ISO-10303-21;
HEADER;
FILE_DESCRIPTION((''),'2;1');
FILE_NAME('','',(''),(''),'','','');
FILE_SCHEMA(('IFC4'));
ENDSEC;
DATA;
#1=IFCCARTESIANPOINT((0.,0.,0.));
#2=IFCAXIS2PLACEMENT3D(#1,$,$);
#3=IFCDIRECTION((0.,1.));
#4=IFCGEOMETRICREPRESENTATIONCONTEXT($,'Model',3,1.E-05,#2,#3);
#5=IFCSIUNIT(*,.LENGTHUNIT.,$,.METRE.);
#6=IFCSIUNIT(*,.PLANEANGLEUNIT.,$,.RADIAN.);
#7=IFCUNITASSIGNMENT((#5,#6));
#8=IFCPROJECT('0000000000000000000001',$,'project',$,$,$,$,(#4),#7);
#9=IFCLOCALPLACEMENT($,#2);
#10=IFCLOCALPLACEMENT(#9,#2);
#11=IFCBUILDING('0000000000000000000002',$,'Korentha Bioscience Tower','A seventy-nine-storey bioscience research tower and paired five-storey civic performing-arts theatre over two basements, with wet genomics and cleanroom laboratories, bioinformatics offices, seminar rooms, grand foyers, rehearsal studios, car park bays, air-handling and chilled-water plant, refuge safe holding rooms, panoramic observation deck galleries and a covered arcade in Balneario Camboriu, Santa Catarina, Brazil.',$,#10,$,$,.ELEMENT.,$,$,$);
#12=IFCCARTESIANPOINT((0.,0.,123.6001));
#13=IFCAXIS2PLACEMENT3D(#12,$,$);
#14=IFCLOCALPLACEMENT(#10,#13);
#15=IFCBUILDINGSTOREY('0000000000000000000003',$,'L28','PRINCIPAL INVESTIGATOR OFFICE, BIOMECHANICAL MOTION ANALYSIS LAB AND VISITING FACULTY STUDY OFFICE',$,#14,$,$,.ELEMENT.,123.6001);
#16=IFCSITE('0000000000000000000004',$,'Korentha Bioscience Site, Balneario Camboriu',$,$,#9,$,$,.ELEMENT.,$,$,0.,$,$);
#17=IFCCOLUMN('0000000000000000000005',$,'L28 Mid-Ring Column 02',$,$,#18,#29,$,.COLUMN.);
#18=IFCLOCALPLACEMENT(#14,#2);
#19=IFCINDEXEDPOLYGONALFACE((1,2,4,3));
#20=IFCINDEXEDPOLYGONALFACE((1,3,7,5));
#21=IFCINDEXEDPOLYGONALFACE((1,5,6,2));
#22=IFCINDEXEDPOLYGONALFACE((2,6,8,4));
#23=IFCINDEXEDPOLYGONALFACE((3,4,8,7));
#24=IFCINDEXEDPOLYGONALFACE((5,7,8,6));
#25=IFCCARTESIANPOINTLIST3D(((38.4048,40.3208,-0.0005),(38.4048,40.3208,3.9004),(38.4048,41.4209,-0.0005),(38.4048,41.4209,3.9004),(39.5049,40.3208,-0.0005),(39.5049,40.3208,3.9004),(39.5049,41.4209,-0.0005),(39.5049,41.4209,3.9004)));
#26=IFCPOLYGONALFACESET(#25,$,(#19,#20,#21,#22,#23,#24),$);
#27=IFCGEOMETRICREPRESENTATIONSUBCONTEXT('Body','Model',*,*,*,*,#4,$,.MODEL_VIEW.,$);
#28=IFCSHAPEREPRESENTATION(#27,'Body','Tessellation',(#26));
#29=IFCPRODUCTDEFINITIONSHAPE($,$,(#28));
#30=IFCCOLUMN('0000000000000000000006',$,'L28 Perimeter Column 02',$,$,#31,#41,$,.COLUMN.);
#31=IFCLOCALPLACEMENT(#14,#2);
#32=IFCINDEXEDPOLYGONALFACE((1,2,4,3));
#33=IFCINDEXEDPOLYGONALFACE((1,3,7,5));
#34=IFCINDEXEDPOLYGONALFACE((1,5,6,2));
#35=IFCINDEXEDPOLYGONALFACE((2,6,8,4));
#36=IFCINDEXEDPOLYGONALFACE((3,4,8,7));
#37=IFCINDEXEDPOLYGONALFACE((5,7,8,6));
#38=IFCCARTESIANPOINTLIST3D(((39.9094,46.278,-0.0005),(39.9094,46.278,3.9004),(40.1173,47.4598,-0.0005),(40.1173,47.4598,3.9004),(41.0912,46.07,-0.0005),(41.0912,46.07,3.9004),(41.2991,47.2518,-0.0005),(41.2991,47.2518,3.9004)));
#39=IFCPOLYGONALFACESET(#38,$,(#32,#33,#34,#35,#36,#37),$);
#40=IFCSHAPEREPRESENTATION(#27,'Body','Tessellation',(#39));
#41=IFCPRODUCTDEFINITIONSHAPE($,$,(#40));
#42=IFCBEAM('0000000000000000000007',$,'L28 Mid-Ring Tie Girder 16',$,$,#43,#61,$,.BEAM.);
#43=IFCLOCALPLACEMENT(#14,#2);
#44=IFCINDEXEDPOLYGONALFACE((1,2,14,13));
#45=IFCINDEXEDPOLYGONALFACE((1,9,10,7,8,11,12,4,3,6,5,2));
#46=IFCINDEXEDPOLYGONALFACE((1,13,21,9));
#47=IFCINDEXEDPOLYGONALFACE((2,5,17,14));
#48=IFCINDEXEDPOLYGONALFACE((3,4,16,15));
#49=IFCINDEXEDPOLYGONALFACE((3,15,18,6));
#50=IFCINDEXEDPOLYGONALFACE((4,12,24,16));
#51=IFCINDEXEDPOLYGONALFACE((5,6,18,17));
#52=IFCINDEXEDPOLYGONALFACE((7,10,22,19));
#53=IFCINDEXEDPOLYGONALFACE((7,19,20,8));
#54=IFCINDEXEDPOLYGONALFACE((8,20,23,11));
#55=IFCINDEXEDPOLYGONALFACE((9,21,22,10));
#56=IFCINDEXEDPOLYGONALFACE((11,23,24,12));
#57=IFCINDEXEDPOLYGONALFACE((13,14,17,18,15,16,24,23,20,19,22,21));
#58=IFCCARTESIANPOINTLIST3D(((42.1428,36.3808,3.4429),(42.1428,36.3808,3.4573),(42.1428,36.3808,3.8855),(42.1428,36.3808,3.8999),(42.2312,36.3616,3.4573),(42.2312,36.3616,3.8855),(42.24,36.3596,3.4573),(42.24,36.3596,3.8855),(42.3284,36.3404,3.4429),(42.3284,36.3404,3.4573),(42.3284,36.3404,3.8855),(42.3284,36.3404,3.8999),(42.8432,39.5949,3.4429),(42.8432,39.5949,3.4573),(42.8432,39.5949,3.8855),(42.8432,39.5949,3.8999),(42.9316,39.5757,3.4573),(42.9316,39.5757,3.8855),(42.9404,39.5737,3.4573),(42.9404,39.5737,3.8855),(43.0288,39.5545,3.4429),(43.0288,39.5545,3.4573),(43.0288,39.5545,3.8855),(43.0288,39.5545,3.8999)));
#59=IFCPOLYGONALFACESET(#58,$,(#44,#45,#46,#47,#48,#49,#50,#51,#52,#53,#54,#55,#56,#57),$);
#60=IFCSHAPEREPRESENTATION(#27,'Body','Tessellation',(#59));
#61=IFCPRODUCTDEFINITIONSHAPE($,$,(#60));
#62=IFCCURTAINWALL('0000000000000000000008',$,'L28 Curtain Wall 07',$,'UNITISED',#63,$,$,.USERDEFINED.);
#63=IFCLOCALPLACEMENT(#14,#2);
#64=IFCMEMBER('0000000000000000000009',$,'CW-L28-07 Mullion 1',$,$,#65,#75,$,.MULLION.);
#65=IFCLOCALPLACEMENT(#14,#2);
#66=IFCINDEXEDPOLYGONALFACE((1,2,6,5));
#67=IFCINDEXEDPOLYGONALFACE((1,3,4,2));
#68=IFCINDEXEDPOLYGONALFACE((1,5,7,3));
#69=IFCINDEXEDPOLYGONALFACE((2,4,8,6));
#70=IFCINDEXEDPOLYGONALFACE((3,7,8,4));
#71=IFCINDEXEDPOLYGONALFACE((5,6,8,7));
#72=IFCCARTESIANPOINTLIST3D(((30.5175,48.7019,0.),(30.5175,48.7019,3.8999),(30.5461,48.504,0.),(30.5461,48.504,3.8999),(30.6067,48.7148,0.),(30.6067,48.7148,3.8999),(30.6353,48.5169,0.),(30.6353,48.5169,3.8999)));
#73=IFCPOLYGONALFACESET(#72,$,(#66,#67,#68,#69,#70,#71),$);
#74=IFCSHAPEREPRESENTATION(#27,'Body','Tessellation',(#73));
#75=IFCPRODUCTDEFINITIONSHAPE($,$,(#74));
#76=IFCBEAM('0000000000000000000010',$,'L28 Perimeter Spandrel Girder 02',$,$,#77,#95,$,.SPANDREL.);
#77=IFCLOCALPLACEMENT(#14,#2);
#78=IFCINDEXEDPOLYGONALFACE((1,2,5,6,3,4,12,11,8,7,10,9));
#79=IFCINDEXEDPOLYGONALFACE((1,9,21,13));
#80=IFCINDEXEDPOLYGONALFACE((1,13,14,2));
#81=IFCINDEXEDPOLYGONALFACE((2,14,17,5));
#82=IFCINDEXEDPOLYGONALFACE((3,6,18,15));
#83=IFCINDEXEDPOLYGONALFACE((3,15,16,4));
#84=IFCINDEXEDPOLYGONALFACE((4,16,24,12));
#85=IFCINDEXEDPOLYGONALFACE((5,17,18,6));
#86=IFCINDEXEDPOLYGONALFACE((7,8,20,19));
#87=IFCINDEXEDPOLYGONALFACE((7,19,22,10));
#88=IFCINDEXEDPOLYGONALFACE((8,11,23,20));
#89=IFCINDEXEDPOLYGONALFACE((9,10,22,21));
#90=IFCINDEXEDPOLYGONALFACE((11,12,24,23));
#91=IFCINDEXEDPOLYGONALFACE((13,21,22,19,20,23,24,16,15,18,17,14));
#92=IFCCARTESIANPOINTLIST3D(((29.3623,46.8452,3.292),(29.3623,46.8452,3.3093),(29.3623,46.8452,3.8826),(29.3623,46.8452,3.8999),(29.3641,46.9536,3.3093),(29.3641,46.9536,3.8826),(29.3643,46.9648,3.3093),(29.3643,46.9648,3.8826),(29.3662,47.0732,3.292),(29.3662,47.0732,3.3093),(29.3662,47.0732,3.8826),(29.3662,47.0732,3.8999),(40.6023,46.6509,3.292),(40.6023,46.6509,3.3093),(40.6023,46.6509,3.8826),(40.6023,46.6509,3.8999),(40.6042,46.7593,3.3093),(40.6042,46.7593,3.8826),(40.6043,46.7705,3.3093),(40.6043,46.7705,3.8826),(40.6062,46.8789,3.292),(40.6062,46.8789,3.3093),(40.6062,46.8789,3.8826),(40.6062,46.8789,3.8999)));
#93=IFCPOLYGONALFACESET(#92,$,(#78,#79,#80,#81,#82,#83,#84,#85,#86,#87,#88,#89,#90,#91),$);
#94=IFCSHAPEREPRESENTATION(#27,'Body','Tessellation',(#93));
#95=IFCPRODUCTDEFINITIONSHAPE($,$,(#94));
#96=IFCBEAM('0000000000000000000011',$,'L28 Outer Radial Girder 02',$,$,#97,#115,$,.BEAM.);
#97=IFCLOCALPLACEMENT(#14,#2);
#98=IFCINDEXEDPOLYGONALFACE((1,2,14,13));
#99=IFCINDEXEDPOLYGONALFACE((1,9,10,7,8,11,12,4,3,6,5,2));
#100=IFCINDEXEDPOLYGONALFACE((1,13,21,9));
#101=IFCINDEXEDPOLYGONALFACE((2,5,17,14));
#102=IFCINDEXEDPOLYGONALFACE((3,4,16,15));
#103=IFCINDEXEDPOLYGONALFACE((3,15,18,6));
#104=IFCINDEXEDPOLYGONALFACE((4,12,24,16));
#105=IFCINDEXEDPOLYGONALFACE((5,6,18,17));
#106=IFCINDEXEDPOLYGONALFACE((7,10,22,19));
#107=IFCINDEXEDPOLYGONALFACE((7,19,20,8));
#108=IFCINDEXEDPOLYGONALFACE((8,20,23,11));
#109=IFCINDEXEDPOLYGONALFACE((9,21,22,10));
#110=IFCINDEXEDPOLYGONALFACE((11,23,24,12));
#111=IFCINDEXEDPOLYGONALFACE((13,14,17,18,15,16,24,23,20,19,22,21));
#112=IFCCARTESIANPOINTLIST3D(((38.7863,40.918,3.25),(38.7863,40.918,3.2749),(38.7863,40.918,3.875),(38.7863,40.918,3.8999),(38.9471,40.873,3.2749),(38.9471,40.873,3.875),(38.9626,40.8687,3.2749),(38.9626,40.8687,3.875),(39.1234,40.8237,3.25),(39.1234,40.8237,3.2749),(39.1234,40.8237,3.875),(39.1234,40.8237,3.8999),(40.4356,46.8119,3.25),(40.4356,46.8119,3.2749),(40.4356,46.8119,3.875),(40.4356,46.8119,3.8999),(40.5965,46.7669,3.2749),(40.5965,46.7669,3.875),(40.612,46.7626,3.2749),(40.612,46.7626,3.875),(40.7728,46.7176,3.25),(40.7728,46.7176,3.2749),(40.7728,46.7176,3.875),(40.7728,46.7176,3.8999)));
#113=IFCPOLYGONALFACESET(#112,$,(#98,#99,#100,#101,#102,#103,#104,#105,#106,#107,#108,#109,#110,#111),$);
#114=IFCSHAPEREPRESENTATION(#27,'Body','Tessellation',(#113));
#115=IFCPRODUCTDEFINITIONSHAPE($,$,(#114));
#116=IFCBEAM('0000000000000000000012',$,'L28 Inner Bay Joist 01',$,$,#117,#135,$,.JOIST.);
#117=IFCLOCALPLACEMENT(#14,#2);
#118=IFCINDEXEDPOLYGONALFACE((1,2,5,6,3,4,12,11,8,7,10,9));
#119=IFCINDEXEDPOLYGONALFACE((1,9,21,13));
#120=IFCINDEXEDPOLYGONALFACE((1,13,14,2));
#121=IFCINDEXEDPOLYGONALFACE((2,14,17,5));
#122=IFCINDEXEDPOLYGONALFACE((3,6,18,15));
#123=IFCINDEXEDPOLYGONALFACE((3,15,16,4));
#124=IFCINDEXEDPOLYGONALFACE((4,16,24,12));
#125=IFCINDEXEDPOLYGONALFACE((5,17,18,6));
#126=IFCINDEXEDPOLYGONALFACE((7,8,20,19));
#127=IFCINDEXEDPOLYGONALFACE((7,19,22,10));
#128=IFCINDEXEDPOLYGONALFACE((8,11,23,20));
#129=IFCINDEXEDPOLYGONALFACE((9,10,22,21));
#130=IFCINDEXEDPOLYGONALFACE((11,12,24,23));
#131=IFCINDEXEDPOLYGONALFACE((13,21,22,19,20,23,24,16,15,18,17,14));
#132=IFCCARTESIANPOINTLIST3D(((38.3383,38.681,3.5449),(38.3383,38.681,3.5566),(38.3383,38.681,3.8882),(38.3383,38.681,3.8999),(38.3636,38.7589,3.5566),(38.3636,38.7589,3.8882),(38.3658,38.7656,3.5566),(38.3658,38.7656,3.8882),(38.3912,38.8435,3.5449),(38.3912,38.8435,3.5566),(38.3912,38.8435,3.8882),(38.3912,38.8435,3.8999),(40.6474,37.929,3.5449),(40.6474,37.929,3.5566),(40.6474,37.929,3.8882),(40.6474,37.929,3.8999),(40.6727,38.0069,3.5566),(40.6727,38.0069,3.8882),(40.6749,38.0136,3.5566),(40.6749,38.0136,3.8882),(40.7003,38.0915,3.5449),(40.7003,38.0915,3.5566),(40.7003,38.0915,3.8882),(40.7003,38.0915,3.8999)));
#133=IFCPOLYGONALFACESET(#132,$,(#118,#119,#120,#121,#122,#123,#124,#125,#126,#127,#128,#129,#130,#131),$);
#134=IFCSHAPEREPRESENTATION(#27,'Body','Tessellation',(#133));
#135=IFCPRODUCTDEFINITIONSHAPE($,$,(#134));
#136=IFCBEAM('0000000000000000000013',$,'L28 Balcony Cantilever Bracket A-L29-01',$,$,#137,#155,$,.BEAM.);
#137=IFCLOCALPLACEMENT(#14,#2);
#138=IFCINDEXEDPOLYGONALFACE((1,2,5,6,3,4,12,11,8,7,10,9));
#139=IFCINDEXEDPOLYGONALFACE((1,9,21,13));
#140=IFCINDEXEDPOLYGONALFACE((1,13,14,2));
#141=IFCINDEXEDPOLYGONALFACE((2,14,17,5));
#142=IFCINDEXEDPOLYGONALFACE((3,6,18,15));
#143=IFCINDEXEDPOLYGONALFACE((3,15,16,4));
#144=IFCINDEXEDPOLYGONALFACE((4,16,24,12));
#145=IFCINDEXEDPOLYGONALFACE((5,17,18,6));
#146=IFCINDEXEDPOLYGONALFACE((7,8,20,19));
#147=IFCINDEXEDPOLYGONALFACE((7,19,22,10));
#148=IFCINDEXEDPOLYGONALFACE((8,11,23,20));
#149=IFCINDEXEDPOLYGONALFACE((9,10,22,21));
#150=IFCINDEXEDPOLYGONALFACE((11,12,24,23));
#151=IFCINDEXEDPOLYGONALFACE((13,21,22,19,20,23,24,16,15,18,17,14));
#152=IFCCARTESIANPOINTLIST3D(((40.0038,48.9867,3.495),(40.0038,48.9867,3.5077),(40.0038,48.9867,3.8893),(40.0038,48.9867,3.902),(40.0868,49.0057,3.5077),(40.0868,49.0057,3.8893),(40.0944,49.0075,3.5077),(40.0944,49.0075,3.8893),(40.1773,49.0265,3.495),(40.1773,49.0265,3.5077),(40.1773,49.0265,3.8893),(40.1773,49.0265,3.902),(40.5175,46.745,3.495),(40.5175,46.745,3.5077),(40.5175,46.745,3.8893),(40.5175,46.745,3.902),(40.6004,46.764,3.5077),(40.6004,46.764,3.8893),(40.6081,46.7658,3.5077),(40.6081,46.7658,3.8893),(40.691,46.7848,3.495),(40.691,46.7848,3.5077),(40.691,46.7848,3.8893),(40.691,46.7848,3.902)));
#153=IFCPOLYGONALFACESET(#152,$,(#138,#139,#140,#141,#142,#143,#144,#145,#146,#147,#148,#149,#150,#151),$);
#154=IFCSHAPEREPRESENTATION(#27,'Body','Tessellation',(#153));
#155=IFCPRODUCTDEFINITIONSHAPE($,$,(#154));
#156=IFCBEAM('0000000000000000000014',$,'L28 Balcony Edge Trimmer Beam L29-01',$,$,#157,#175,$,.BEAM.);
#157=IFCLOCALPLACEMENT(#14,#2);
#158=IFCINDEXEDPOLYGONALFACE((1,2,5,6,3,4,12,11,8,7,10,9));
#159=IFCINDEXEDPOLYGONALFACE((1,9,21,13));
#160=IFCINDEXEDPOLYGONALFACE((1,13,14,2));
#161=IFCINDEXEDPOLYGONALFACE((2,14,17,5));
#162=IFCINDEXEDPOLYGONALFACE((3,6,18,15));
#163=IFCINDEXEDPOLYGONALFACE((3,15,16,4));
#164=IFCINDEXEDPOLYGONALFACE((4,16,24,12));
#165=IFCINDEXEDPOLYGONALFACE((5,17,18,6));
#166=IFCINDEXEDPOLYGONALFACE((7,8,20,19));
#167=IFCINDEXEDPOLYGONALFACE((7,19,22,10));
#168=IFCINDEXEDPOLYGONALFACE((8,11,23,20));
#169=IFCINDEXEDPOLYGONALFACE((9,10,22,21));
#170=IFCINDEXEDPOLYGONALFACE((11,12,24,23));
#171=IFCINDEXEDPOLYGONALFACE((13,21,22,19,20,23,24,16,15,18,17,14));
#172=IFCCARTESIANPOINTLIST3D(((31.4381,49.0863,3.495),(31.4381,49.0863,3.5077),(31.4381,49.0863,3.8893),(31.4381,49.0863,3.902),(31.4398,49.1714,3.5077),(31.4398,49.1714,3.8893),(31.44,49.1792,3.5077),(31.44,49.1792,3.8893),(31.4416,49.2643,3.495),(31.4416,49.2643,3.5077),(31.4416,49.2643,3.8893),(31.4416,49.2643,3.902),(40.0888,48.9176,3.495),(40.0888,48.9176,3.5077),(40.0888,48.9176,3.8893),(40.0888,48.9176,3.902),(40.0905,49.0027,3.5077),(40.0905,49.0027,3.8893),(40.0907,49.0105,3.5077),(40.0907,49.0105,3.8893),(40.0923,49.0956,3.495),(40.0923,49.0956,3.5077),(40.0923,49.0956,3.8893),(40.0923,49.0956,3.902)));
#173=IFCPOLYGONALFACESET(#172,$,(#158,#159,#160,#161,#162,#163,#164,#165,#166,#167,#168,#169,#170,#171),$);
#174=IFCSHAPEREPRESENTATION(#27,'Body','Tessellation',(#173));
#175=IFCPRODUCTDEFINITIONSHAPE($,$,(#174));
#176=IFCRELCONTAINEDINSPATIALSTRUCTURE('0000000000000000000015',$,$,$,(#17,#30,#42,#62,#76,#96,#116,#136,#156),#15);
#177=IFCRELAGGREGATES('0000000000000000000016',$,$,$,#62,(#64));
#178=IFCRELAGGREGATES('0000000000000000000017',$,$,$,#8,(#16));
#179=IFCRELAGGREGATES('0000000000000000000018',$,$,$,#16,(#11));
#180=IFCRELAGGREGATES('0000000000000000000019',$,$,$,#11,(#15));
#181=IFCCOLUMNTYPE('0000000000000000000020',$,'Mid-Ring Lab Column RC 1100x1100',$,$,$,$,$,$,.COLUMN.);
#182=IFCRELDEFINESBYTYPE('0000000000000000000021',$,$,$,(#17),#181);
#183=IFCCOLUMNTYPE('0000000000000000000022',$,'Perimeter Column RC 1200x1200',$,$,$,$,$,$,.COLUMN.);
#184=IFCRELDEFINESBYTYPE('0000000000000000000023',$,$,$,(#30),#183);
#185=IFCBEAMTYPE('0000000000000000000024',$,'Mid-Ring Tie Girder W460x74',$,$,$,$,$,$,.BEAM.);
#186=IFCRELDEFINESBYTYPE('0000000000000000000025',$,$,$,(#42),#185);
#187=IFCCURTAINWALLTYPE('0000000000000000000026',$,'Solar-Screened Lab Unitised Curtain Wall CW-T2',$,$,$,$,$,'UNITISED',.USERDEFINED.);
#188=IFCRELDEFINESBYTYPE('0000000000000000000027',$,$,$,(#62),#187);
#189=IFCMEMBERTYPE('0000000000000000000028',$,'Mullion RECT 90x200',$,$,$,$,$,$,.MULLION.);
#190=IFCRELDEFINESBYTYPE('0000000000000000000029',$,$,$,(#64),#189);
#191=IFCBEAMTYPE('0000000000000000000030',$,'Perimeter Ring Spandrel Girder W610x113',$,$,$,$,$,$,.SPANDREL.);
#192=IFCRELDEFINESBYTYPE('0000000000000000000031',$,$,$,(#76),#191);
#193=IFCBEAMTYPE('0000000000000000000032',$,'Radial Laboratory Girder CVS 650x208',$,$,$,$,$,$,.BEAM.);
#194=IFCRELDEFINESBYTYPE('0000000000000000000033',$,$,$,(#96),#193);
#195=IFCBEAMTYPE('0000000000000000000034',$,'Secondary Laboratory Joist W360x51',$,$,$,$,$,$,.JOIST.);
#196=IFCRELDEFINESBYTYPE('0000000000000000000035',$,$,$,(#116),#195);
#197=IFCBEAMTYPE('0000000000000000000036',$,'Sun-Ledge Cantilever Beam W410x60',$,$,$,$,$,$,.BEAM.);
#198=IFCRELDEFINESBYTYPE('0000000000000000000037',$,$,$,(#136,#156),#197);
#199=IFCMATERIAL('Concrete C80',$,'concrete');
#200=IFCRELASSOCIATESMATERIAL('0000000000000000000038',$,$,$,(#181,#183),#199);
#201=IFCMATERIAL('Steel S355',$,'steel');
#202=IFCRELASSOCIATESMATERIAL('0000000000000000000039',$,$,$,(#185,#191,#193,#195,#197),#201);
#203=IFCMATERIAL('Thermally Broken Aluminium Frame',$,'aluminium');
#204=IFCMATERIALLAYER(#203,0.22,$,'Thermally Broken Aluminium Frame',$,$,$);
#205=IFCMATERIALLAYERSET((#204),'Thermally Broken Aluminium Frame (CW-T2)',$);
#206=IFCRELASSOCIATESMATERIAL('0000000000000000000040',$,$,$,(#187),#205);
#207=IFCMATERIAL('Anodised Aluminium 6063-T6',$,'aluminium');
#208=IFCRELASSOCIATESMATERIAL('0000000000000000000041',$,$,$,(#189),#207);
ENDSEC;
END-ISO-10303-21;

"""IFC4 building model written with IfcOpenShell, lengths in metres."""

from ifc_helpers import new_model, si_unit, direction, frame, origin, origin_2d, place, context, subcontext, project, spatial, rectangle, i_section, extrude, material, layer, layer_set, material_profile, profile_set, type_object, element, aggregate, save


model = new_model("IFC4")

# Units and contexts
model_context = context("Model", 3, precision=1e-05, world=origin(), true_north=direction((0.0, 1.0)))
body_context = subcontext(model_context, "Body", "Model", "MODEL_VIEW")
ifc_project = project(units=[si_unit("LENGTHUNIT", "METRE"), si_unit("PLANEANGLEUNIT", "RADIAN")], contexts=[model_context])

# Site, building, storey
site_placement = place(None, origin())
site = spatial("IfcSite", under=ifc_project, at=site_placement, Name="Korentha Bioscience Site, Balneario Camboriu", CompositionType="ELEMENT", RefElevation=0.0)
building_placement = place(site_placement, origin())
building = spatial("IfcBuilding", under=site, at=building_placement, Name="Korentha Bioscience Tower", Description="A seventy-nine-storey bioscience research tower and paired five-storey civic performing-arts theatre over two basements, with wet genomics and cleanroom laboratories, bioinformatics offices, seminar rooms, grand foyers, rehearsal studios, car park bays, air-handling and chilled-water plant, refuge safe holding rooms, panoramic observation deck galleries and a covered arcade in Balneario Camboriu, Santa Catarina, Brazil.", CompositionType="ELEMENT")
storey_placement = place(building_placement, frame((0.0, 0.0, 123.6001)))
storey = spatial("IfcBuildingStorey", under=building, at=storey_placement, Name="L28", Description="PRINCIPAL INVESTIGATOR OFFICE, BIOMECHANICAL MOTION ANALYSIS LAB AND VISITING FACULTY STUDY OFFICE", CompositionType="ELEMENT", Elevation=123.6001)

# Columns
ifc_material_1 = material(Name="Concrete C80", Category="concrete")
ifc_material_profile_1 = material_profile(ifc_material_1, rectangle(XDim=1.1001, YDim=1.1001, at=origin_2d()), Name="Concrete C80")
ifc_profile_set_1 = profile_set([ifc_material_profile_1], Name="Concrete C80 (COL-MR11)")
column_type_1 = type_object("IfcColumnType", Name="Mid-Ring Lab Column RC 1100x1100", PredefinedType="COLUMN", material=ifc_profile_set_1)
column_1_placement = place(storey_placement, frame((38.9548, 40.8708, -0.0005), z_axis=(0.0, 0.0, 1.0), x_axis=(1.0, 0.0, 0.0)))
element("IfcColumn", 1, at=column_1_placement, inside=storey, type_object=column_type_1, Name="L28 Mid-Ring Column 02", PredefinedType="COLUMN", context=body_context, shape_type="SweptSolid", body=[
    extrude(rectangle(XDim=1.1001, YDim=1.1001, at=origin_2d()), origin(), (0.0, 0.0, 1.0), 3.9009),
])
ifc_material_profile_2 = material_profile(ifc_material_1, rectangle(XDim=1.2, YDim=1.2, at=origin_2d()), Name="Concrete C80")
ifc_profile_set_2 = profile_set([ifc_material_profile_2], Name="Concrete C80 (COL-P12)")
column_type_2 = type_object("IfcColumnType", Name="Perimeter Column RC 1200x1200", PredefinedType="COLUMN", material=ifc_profile_set_2)
column_2_placement = place(storey_placement, frame((40.6042, 46.7649, -0.0005), z_axis=(0.0, 0.0, 1.0), x_axis=(-0.984868, 0.173304, 0.0)))
element("IfcColumn", 2, at=column_2_placement, inside=storey, type_object=column_type_2, Name="L28 Perimeter Column 02", PredefinedType="COLUMN", context=body_context, shape_type="SweptSolid", body=[
    extrude(rectangle(XDim=1.2, YDim=1.2, at=origin_2d()), origin(), (0.0, 0.0, 1.0), 3.9009),
])

# Beam
ifc_material_2 = material(Name="Steel S355", Category="steel")
ifc_material_profile_3 = material_profile(ifc_material_2, i_section(OverallWidth=0.1899, OverallDepth=0.457, WebThickness=0.009, FlangeThickness=0.0144, at=origin_2d()), Name="Steel S355")
ifc_profile_set_3 = profile_set([ifc_material_profile_3], Name="Steel S355 (MB-460)")
beam_type_1 = type_object("IfcBeamType", Name="Mid-Ring Tie Girder W460x74", PredefinedType="BEAM", material=ifc_profile_set_3)
beam_1_placement = place(storey_placement, frame((42.2356, 36.3606, 3.6714), z_axis=(0.212929, 0.977068, 0.0), x_axis=(-0.977068, 0.212929, 0.0)))
element("IfcBeam", 3, at=beam_1_placement, inside=storey, type_object=beam_type_1, Name="L28 Mid-Ring Tie Girder 16", PredefinedType="BEAM", context=body_context, shape_type="SweptSolid", body=[
    extrude(i_section(OverallWidth=0.1899, OverallDepth=0.457, WebThickness=0.009, FlangeThickness=0.0144, at=origin_2d()), origin(), (0.0, 0.0, 1.0), 3.2896),
])

# Curtain wall, member
ifc_material_3 = material(Name="Thermally Broken Aluminium Frame", Category="aluminium")
ifc_layer_1 = layer(ifc_material_3, 0.22, Name="Thermally Broken Aluminium Frame")
ifc_layer_set_1 = layer_set([ifc_layer_1], Name="Thermally Broken Aluminium Frame (CW-T2)")
curtain_wall_type = type_object("IfcCurtainWallType", Name="Solar-Screened Lab Unitised Curtain Wall CW-T2", ElementType="UNITISED", PredefinedType="USERDEFINED", material=ifc_layer_set_1)
curtain_wall_placement = place(storey_placement, origin())
curtain_wall = element("IfcCurtainWall", 4, at=curtain_wall_placement, inside=storey, type_object=curtain_wall_type, Name="L28 Curtain Wall 07", ObjectType="UNITISED", PredefinedType="USERDEFINED")
ifc_material_4 = material(Name="Anodised Aluminium 6063-T6", Category="aluminium")
ifc_material_profile_4 = material_profile(ifc_material_4, rectangle(XDim=0.0901, YDim=0.2, at=origin_2d()), Name="Anodised Aluminium 6063-T6")
ifc_profile_set_4 = profile_set([ifc_material_profile_4], Name="Anodised Aluminium 6063-T6 (CW-MUL)")
member_type_1 = type_object("IfcMemberType", Name="Mullion RECT 90x200", PredefinedType="MULLION", material=ifc_profile_set_4)
member_1_placement = place(storey_placement, frame((30.5764, 48.6094, 0.0), z_axis=(0.0, 0.0, 1.0), x_axis=(-0.989738, -0.142892, 0.0)))
member_1 = element("IfcMember", 5, at=member_1_placement, type_object=member_type_1, Name="CW-L28-07 Mullion 1", PredefinedType="MULLION", context=body_context, shape_type="SweptSolid", body=[
    extrude(rectangle(XDim=0.0901, YDim=0.2, at=origin_2d()), origin(), (0.0, 0.0, 1.0), 3.8999),
])

# Beams
ifc_material_profile_5 = material_profile(ifc_material_2, i_section(OverallWidth=0.228, OverallDepth=0.6079, WebThickness=0.0112, FlangeThickness=0.0173, at=origin_2d()), Name="Steel S355")
ifc_profile_set_5 = profile_set([ifc_material_profile_5], Name="Steel S355 (SB-610)")
beam_type_2 = type_object("IfcBeamType", Name="Perimeter Ring Spandrel Girder W610x113", PredefinedType="SPANDREL", material=ifc_profile_set_5)
beam_2_placement = place(storey_placement, frame((40.6042, 46.7649, 3.5959), z_axis=(-0.999851, 0.017287, 0.0), x_axis=(-0.017287, -0.999851, 0.0)))
element("IfcBeam", 6, at=beam_2_placement, inside=storey, type_object=beam_type_2, Name="L28 Perimeter Spandrel Girder 02", PredefinedType="SPANDREL", context=body_context, shape_type="SweptSolid", body=[
    extrude(i_section(OverallWidth=0.228, OverallDepth=0.6079, WebThickness=0.0112, FlangeThickness=0.0173, at=origin_2d()), origin(), (0.0, 0.0, 1.0), 11.2417),
])
ifc_material_profile_6 = material_profile(ifc_material_2, i_section(OverallWidth=0.3501, OverallDepth=0.6499, WebThickness=0.0161, FlangeThickness=0.0249, at=origin_2d()), Name="Steel S355")
ifc_profile_set_6 = profile_set([ifc_material_profile_6], Name="Steel S355 (RB-650)")
beam_type_3 = type_object("IfcBeamType", Name="Radial Laboratory Girder CVS 650x208", PredefinedType="BEAM", material=ifc_profile_set_6)
beam_3_placement = place(storey_placement, frame((38.9548, 40.8708, 3.575), z_axis=(0.269491, 0.963003, 0.0), x_axis=(-0.963003, 0.269491, 0.0)))
element("IfcBeam", 7, at=beam_3_placement, inside=storey, type_object=beam_type_3, Name="L28 Outer Radial Girder 02", PredefinedType="BEAM", context=body_context, shape_type="SweptSolid", body=[
    extrude(i_section(OverallWidth=0.3501, OverallDepth=0.6499, WebThickness=0.0161, FlangeThickness=0.0249, at=origin_2d()), origin(), (0.0, 0.0, 1.0), 6.1204),
])
ifc_material_profile_7 = material_profile(ifc_material_2, i_section(OverallWidth=0.1709, OverallDepth=0.355, WebThickness=0.0071, FlangeThickness=0.0117, at=origin_2d()), Name="Steel S355")
ifc_profile_set_7 = profile_set([ifc_material_profile_7], Name="Steel S355 (JB-360)")
beam_type_4 = type_object("IfcBeamType", Name="Secondary Laboratory Joist W360x51", PredefinedType="JOIST", material=ifc_profile_set_7)
beam_4_placement = place(storey_placement, frame((40.6738, 38.0103, 3.7224), z_axis=(-0.950852, 0.309645, 0.0), x_axis=(-0.309645, -0.950852, 0.0)))
element("IfcBeam", 8, at=beam_4_placement, inside=storey, type_object=beam_type_4, Name="L28 Inner Bay Joist 01", PredefinedType="JOIST", context=body_context, shape_type="SweptSolid", body=[
    extrude(i_section(OverallWidth=0.1709, OverallDepth=0.355, WebThickness=0.0071, FlangeThickness=0.0117, at=origin_2d()), origin(), (0.0, 0.0, 1.0), 2.4285),
])
ifc_material_profile_8 = material_profile(ifc_material_2, i_section(OverallWidth=0.178, OverallDepth=0.407, WebThickness=0.0078, FlangeThickness=0.0127, at=origin_2d()), Name="Steel S355")
ifc_profile_set_8 = profile_set([ifc_material_profile_8], Name="Steel S355 (CB-410)")
beam_type_5 = type_object("IfcBeamType", Name="Sun-Ledge Cantilever Beam W410x60", PredefinedType="BEAM", material=ifc_profile_set_8)
beam_5_placement = place(storey_placement, frame((40.6042, 46.7649, 3.6985), z_axis=(-0.223355, 0.974737, 0.0), x_axis=(-0.974737, -0.223355, 0.0)))
element("IfcBeam", 9, at=beam_5_placement, inside=storey, type_object=beam_type_5, Name="L28 Balcony Cantilever Bracket A-L29-01", PredefinedType="BEAM", context=body_context, shape_type="SweptSolid", body=[
    extrude(i_section(OverallWidth=0.178, OverallDepth=0.407, WebThickness=0.0078, FlangeThickness=0.0127, at=origin_2d()), origin(), (0.0, 0.0, 1.0), 2.2998),
])
beam_6_placement = place(storey_placement, frame((40.0906, 49.0066, 3.6985), z_axis=(-0.99981, 0.019498, 0.0), x_axis=(-0.019498, -0.99981, 0.0)))
element("IfcBeam", 10, at=beam_6_placement, inside=storey, type_object=beam_type_5, Name="L28 Balcony Edge Trimmer Beam L29-01", PredefinedType="BEAM", context=body_context, shape_type="SweptSolid", body=[
    extrude(i_section(OverallWidth=0.178, OverallDepth=0.407, WebThickness=0.0078, FlangeThickness=0.0127, at=origin_2d()), origin(), (0.0, 0.0, 1.0), 8.6523),
])

aggregate(curtain_wall, [member_1])

save(model, "model.ifc")
